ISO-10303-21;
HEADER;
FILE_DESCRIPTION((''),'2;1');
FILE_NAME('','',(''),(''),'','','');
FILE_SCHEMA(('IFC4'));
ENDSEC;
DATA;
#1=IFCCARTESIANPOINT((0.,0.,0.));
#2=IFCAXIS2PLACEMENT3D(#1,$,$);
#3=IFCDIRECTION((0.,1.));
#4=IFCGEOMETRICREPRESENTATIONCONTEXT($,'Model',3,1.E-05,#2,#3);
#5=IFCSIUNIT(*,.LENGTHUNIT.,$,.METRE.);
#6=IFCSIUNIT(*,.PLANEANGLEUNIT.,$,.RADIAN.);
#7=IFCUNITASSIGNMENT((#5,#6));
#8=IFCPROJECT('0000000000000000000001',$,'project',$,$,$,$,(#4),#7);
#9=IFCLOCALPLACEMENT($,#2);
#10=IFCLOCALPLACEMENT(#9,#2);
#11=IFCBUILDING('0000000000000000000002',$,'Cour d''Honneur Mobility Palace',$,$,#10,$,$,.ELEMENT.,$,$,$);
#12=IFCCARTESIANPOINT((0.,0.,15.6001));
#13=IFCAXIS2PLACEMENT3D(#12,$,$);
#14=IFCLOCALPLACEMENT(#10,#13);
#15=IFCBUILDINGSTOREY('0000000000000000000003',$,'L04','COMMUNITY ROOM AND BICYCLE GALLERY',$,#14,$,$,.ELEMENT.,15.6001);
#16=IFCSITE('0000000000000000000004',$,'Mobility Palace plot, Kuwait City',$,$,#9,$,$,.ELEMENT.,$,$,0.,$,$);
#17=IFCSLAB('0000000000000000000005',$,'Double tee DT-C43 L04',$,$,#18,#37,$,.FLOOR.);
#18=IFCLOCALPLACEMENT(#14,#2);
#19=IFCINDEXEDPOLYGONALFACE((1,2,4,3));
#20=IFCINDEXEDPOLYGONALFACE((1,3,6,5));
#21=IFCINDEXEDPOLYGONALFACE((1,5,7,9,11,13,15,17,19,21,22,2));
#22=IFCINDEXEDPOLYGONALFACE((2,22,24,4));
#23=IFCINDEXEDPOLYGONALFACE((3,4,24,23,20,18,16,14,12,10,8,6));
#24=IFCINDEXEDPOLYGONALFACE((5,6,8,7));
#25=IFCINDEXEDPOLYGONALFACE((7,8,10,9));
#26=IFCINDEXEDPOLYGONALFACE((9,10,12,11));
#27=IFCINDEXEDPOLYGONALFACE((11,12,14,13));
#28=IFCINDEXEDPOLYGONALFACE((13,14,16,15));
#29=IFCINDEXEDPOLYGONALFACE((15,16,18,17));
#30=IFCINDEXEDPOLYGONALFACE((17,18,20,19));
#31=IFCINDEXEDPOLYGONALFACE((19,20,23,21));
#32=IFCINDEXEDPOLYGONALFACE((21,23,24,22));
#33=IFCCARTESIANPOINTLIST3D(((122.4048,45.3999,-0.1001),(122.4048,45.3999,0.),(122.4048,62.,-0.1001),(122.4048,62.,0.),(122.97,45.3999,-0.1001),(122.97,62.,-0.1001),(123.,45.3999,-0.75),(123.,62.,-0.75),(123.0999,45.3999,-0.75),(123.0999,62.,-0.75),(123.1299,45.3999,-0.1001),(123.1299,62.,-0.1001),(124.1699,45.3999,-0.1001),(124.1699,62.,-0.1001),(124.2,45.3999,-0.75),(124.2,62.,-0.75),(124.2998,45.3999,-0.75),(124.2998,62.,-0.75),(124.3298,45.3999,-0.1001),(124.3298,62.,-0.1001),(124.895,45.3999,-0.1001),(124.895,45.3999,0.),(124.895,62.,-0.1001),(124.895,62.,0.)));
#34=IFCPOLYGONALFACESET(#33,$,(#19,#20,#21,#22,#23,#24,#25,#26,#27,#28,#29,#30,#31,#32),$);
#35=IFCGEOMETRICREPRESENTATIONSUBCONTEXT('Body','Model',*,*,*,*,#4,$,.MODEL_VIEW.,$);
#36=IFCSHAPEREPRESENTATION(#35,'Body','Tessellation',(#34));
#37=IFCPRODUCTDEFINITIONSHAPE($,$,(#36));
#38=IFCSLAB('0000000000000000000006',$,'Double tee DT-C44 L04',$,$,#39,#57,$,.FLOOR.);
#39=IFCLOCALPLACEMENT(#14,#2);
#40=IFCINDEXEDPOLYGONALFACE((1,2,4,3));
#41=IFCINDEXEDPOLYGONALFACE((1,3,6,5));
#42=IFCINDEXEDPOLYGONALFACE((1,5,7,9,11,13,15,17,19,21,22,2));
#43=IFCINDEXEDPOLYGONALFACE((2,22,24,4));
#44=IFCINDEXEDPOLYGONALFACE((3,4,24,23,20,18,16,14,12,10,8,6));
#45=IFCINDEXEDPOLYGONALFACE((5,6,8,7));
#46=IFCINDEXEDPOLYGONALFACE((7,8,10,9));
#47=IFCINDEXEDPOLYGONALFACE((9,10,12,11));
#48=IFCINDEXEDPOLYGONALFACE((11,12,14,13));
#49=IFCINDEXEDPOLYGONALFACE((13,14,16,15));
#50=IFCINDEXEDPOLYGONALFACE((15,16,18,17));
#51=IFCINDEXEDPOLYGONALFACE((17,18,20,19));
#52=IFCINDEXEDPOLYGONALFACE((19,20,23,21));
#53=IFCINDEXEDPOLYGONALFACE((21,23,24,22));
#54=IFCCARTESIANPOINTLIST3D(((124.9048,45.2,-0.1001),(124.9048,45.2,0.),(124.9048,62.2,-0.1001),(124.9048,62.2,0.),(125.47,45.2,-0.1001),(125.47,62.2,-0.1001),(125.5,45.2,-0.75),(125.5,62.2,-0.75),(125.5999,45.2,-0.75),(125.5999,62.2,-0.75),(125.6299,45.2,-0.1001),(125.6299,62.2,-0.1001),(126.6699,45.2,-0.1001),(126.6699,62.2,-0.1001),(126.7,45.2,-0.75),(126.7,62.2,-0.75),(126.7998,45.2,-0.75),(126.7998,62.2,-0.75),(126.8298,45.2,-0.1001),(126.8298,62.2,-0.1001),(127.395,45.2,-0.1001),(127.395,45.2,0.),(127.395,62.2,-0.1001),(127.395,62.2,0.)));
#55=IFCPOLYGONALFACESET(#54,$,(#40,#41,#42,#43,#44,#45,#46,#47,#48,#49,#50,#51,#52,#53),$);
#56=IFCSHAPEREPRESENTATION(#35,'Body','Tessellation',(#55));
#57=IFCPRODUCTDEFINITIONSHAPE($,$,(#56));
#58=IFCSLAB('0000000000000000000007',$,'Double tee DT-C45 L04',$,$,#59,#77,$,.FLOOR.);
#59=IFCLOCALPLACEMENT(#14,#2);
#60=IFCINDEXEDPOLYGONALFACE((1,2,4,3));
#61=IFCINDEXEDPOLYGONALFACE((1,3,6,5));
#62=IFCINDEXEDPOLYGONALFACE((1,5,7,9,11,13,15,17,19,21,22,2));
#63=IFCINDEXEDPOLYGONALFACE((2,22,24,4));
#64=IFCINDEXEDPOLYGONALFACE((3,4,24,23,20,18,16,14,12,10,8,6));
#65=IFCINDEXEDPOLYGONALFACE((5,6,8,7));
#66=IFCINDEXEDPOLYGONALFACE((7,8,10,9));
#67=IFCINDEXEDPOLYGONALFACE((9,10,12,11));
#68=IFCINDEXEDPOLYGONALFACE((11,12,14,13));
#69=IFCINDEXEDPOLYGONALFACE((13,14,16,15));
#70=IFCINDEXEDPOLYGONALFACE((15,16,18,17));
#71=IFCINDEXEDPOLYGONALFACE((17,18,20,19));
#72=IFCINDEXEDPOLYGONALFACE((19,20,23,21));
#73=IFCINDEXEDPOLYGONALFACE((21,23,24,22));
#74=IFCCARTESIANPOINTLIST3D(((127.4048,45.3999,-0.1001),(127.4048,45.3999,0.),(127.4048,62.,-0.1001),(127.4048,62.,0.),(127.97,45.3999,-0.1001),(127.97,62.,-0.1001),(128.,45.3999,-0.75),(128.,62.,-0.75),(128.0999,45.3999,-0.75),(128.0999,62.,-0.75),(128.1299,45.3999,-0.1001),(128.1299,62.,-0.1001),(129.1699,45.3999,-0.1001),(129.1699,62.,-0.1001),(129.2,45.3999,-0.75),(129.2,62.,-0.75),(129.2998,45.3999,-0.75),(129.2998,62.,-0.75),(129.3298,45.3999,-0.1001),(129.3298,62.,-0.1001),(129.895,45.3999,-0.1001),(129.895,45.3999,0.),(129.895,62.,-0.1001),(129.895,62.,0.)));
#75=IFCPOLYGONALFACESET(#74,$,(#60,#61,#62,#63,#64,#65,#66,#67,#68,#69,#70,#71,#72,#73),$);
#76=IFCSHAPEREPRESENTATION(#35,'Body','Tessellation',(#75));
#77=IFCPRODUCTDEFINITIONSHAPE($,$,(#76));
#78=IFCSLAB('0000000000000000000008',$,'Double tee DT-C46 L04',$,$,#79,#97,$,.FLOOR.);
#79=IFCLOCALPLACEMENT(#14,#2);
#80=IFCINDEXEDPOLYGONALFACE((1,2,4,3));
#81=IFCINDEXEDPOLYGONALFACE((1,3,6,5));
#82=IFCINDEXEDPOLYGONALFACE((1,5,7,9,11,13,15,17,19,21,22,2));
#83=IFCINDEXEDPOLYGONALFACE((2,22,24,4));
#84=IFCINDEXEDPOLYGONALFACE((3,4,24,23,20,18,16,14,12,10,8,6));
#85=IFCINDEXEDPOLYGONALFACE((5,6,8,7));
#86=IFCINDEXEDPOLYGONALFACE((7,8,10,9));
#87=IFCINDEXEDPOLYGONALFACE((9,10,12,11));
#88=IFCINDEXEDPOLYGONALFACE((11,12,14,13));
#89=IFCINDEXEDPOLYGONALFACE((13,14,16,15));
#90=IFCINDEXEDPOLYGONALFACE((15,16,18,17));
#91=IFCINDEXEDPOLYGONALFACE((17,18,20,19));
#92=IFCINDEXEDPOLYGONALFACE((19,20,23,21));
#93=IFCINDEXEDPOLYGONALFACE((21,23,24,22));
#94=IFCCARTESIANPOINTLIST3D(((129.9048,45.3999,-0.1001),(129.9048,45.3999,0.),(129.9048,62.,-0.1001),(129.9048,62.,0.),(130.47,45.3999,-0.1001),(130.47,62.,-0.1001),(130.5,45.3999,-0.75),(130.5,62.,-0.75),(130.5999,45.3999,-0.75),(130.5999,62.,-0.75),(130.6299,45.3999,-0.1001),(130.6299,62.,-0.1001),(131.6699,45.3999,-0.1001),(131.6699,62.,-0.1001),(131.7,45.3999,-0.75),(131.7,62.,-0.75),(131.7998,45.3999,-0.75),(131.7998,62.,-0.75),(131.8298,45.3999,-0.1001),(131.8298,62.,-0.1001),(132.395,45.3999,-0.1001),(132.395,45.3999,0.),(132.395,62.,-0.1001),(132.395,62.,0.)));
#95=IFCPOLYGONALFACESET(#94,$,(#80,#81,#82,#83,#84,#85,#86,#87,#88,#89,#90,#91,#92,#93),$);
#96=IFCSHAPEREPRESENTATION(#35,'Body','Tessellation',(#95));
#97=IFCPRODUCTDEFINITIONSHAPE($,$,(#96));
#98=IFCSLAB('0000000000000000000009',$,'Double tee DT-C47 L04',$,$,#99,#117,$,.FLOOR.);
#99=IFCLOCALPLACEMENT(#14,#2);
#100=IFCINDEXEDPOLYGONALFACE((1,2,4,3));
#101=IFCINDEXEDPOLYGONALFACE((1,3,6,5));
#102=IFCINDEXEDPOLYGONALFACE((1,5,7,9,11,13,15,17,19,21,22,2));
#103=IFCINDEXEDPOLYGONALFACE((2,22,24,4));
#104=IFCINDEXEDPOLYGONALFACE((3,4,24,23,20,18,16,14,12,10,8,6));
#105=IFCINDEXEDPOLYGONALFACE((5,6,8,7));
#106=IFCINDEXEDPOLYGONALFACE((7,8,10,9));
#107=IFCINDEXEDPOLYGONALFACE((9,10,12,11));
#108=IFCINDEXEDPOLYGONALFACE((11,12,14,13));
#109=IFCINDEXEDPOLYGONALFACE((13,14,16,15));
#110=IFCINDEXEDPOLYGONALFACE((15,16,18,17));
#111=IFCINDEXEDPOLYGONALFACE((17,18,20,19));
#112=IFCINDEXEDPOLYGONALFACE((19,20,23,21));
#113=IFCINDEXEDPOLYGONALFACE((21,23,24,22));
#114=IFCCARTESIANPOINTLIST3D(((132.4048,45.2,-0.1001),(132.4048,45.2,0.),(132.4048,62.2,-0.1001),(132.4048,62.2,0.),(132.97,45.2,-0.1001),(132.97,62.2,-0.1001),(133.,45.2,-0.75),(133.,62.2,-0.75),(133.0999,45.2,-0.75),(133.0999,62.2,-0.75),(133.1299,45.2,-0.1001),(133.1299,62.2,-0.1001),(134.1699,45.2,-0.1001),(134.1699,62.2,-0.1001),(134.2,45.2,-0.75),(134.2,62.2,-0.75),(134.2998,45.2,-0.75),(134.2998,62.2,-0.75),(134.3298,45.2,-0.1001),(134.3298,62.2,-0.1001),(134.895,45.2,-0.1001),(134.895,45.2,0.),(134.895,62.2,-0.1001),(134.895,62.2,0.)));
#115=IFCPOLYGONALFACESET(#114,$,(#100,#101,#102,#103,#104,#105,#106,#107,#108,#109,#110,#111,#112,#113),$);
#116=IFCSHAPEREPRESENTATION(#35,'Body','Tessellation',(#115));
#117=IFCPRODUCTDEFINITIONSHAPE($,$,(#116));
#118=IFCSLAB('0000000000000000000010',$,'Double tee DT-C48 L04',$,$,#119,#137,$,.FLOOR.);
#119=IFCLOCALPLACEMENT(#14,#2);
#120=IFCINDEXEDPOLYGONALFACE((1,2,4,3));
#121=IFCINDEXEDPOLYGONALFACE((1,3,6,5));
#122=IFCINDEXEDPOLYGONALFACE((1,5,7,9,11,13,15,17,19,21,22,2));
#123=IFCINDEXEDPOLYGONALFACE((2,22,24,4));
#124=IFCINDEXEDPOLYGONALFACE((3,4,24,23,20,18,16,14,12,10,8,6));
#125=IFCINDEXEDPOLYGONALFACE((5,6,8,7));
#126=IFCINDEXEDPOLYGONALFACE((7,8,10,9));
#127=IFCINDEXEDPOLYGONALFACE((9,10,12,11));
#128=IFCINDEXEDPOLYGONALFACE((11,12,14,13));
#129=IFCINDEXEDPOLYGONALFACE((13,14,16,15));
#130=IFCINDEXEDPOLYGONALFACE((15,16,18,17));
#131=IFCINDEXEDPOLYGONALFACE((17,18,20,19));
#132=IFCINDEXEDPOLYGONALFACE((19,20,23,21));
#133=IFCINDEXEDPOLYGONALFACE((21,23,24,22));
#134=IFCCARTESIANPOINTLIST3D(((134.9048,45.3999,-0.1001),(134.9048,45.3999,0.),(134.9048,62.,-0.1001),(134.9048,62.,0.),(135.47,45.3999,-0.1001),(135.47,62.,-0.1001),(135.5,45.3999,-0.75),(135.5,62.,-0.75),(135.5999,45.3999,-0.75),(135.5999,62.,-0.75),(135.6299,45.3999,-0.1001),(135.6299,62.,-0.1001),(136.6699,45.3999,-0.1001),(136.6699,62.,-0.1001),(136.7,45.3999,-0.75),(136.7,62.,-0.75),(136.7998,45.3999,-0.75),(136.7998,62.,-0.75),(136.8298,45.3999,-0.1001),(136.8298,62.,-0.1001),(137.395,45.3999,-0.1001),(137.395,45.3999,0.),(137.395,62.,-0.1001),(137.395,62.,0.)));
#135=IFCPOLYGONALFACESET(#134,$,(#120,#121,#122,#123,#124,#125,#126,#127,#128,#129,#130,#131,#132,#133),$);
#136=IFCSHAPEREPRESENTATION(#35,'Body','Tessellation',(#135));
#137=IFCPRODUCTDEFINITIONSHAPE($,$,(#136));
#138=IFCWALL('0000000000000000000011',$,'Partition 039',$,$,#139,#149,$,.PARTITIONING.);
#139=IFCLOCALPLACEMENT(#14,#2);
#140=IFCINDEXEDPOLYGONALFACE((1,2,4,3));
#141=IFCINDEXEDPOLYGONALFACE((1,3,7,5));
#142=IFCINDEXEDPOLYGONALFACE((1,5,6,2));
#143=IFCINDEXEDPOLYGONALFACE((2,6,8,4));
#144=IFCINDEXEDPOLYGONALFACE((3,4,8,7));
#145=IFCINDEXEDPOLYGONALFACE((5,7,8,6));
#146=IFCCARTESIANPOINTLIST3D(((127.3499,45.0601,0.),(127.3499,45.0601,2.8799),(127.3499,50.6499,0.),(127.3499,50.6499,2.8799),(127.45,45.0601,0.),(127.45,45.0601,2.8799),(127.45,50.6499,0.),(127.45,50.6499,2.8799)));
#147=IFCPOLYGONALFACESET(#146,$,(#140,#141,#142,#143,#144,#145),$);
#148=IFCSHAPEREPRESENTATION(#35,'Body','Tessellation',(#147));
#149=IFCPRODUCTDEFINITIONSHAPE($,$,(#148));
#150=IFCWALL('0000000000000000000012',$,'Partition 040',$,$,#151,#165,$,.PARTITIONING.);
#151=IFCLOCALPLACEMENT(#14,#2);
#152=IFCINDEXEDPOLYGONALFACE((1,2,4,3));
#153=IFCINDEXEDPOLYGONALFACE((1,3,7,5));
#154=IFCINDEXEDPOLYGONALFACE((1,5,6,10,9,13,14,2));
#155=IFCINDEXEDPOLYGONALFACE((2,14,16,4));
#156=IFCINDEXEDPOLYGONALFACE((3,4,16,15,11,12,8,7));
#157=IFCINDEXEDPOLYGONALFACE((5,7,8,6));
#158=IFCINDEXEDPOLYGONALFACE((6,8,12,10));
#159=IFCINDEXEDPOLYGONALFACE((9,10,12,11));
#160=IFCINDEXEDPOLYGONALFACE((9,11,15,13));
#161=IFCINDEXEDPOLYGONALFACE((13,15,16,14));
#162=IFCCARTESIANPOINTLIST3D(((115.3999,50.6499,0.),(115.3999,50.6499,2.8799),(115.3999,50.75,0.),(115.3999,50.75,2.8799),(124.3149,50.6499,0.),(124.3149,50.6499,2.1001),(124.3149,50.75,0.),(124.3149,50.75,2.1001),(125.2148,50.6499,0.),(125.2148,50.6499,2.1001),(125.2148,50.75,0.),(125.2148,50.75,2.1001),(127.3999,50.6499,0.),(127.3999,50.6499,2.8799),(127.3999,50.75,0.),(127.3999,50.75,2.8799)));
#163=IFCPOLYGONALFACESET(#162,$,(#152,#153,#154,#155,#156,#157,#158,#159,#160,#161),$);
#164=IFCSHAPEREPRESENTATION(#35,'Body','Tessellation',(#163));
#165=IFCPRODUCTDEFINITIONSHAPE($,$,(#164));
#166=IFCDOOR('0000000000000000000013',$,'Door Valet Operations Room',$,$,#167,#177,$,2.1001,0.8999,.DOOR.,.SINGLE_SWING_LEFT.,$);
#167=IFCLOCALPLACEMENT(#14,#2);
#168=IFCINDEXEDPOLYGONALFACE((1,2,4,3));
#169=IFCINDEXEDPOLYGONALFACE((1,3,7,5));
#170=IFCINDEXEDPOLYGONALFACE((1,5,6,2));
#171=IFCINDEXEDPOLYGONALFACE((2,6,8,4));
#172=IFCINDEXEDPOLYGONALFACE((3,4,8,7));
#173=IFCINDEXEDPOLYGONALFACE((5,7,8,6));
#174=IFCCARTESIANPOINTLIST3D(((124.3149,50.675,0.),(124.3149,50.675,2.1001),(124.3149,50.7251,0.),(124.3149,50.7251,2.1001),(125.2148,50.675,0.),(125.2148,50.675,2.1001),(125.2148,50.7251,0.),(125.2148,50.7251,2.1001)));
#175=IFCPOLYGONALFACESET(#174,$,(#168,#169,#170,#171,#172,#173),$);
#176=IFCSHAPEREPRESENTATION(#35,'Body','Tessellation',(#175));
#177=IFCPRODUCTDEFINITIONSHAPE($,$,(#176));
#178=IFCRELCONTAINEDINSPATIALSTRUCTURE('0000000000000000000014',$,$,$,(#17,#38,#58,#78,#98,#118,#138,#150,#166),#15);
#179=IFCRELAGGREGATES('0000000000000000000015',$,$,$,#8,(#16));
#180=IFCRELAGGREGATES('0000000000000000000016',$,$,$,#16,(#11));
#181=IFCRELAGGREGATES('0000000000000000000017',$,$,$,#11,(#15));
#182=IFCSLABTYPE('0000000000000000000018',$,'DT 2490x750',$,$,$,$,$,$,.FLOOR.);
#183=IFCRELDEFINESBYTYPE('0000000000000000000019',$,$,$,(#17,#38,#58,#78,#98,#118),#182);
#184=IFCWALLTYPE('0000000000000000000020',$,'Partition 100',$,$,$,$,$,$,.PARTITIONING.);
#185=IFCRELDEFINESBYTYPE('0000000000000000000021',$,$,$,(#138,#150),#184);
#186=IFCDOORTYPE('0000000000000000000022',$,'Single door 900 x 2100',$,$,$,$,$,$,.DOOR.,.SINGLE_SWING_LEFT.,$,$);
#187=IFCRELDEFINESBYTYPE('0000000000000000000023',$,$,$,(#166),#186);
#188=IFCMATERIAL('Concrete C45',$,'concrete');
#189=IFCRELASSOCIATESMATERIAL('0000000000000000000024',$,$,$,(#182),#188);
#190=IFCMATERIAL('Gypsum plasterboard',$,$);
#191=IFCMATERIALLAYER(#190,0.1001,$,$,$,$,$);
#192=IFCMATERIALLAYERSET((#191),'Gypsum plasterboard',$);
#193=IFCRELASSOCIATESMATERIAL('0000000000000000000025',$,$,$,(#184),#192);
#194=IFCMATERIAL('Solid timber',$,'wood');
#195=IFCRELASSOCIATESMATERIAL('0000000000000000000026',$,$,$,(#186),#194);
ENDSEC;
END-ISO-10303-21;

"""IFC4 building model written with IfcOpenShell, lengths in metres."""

from ifc_helpers import new_model, si_unit, direction, frame, frame_2d, origin, place, context, subcontext, project, spatial, polyline, rectangle, outline, extrude, material, layer, layer_set, material_profile, profile_set, type_object, element, fill, save


model = new_model("IFC4")

# Units and contexts
model_context = context("Model", 3, precision=1e-05, world=origin(), true_north=direction((0.0, 1.0)))
body_context = subcontext(model_context, "Body", "Model", "MODEL_VIEW")
ifc_project = project(units=[si_unit("LENGTHUNIT", "METRE"), si_unit("PLANEANGLEUNIT", "RADIAN")], contexts=[model_context])

# Site, building, storey
site_placement = place(None, origin())
site = spatial("IfcSite", under=ifc_project, at=site_placement, Name="Mobility Palace plot, Kuwait City", CompositionType="ELEMENT", RefElevation=0.0)
building_placement = place(site_placement, origin())
building = spatial("IfcBuilding", under=site, at=building_placement, Name="Cour d'Honneur Mobility Palace", CompositionType="ELEMENT")
storey_placement = place(building_placement, frame((0.0, 0.0, 15.6001)))
storey = spatial("IfcBuildingStorey", under=building, at=storey_placement, Name="L04", Description="COMMUNITY ROOM AND BICYCLE GALLERY", CompositionType="ELEMENT", Elevation=15.6001)

# Slabs
ifc_material_1 = material(Name="Concrete C45", Category="concrete")
ifc_material_profile_1 = material_profile(ifc_material_1, outline(polyline([(-1.2451, 0.0), (1.2451, 0.0), (1.2451, -0.1001), (0.6799, -0.1001), (0.6499, -0.75), (0.55, -0.75), (0.52, -0.1001), (-0.52, -0.1001), (-0.55, -0.75), (-0.6499, -0.75), (-0.6799, -0.1001), (-1.2451, -0.1001), (-1.2451, 0.0)])), Name="DT 2490x750")
ifc_profile_set_1 = profile_set([ifc_material_profile_1], Name="Concrete C45")
slab_type = type_object("IfcSlabType", Name="DT 2490x750", PredefinedType="FLOOR", material=ifc_profile_set_1)
slab_1_placement = place(storey_placement, frame((123.6499, 45.3999, 0.0), z_axis=(0.0, 1.0, 0.0), x_axis=(-1.0, 0.0, 0.0)))
element("IfcSlab", 1, at=slab_1_placement, inside=storey, type_object=slab_type, Name="Double tee DT-C43 L04", PredefinedType="FLOOR", context=body_context, shape_type="SweptSolid", body=[
    extrude(outline(polyline([(-1.2451, 0.0), (1.2451, 0.0), (1.2451, -0.1001), (0.6799, -0.1001), (0.6499, -0.75), (0.55, -0.75), (0.52, -0.1001), (-0.52, -0.1001), (-0.55, -0.75), (-0.6499, -0.75), (-0.6799, -0.1001), (-1.2451, -0.1001), (-1.2451, 0.0)])), origin(), (0.0, 0.0, 1.0), 16.6001),
])
slab_2_placement = place(storey_placement, frame((126.1499, 45.2, 0.0), z_axis=(0.0, 1.0, 0.0), x_axis=(-1.0, 0.0, 0.0)))
element("IfcSlab", 2, at=slab_2_placement, inside=storey, type_object=slab_type, Name="Double tee DT-C44 L04", PredefinedType="FLOOR", context=body_context, shape_type="SweptSolid", body=[
    extrude(outline(polyline([(-1.2451, 0.0), (1.2451, 0.0), (1.2451, -0.1001), (0.6799, -0.1001), (0.6499, -0.75), (0.55, -0.75), (0.52, -0.1001), (-0.52, -0.1001), (-0.55, -0.75), (-0.6499, -0.75), (-0.6799, -0.1001), (-1.2451, -0.1001), (-1.2451, 0.0)])), origin(), (0.0, 0.0, 1.0), 17.0),
])
for number, where, z_axis, x_axis, name in (
    (3, (128.6499, 45.3999, 0.0), (0.0, 1.0, 0.0), (-1.0, 0.0, 0.0), "Double tee DT-C45 L04"),
    (4, (131.1499, 45.3999, 0.0), (0.0, 1.0, 0.0), (-1.0, 0.0, 0.0), "Double tee DT-C46 L04"),
):
    element("IfcSlab", number, at=place(storey_placement, frame(where, z_axis=z_axis, x_axis=x_axis)), inside=storey, type_object=slab_type, Name=name, PredefinedType="FLOOR", context=body_context, shape_type="SweptSolid", body=[
        extrude(outline(polyline([(-1.2451, 0.0), (1.2451, 0.0), (1.2451, -0.1001), (0.6799, -0.1001), (0.6499, -0.75), (0.55, -0.75), (0.52, -0.1001), (-0.52, -0.1001), (-0.55, -0.75), (-0.6499, -0.75), (-0.6799, -0.1001), (-1.2451, -0.1001), (-1.2451, 0.0)])), origin(), (0.0, 0.0, 1.0), 16.6001),
    ])
slab_3_placement = place(storey_placement, frame((133.6499, 45.2, 0.0), z_axis=(0.0, 1.0, 0.0), x_axis=(-1.0, 0.0, 0.0)))
element("IfcSlab", 5, at=slab_3_placement, inside=storey, type_object=slab_type, Name="Double tee DT-C47 L04", PredefinedType="FLOOR", context=body_context, shape_type="SweptSolid", body=[
    extrude(outline(polyline([(-1.2451, 0.0), (1.2451, 0.0), (1.2451, -0.1001), (0.6799, -0.1001), (0.6499, -0.75), (0.55, -0.75), (0.52, -0.1001), (-0.52, -0.1001), (-0.55, -0.75), (-0.6499, -0.75), (-0.6799, -0.1001), (-1.2451, -0.1001), (-1.2451, 0.0)])), origin(), (0.0, 0.0, 1.0), 17.0),
])
slab_4_placement = place(storey_placement, frame((136.1499, 45.3999, 0.0), z_axis=(0.0, 1.0, 0.0), x_axis=(-1.0, 0.0, 0.0)))
element("IfcSlab", 6, at=slab_4_placement, inside=storey, type_object=slab_type, Name="Double tee DT-C48 L04", PredefinedType="FLOOR", context=body_context, shape_type="SweptSolid", body=[
    extrude(outline(polyline([(-1.2451, 0.0), (1.2451, 0.0), (1.2451, -0.1001), (0.6799, -0.1001), (0.6499, -0.75), (0.55, -0.75), (0.52, -0.1001), (-0.52, -0.1001), (-0.55, -0.75), (-0.6499, -0.75), (-0.6799, -0.1001), (-1.2451, -0.1001), (-1.2451, 0.0)])), origin(), (0.0, 0.0, 1.0), 16.6001),
])

# Wall
ifc_material_2 = material(Name="Gypsum plasterboard")
ifc_layer_1 = layer(ifc_material_2, 0.1001)
ifc_layer_set_1 = layer_set([ifc_layer_1], Name="Gypsum plasterboard")
wall_type = type_object("IfcWallType", Name="Partition 100", PredefinedType="PARTITIONING", material=ifc_layer_set_1)
wall_1_placement = place(storey_placement, frame((127.3999, 50.6499, 0.0), z_axis=(0.0, 0.0, 1.0), x_axis=(0.0, -1.0, 0.0)))
element("IfcWall", 7, at=wall_1_placement, inside=storey, type_object=wall_type, Name="Partition 039", PredefinedType="PARTITIONING", context=body_context, shape_type="SweptSolid", body=[
    extrude(rectangle(XDim=5.5898, YDim=0.1001, at=frame_2d((2.7949, 0.0))), origin(), (0.0, 0.0, 1.0), 2.8799),
])

# Wall, opening, door
wall_2_placement = place(storey_placement, frame((127.3999, 50.7, 0.0), z_axis=(0.0, 0.0, 1.0), x_axis=(-1.0, 0.0, 0.0)))
wall_2 = element("IfcWall", 8, at=wall_2_placement, inside=storey, type_object=wall_type, Name="Partition 040", PredefinedType="PARTITIONING", context=body_context, shape_type="SweptSolid", body=[
    extrude(rectangle(XDim=12.0, YDim=0.1001, at=frame_2d((6.0, 0.0))), origin(), (0.0, 0.0, 1.0), 2.8799),
])
opening_placement = place(wall_2_placement, frame((2.1851, 0.0, 0.0)))
opening = element("IfcOpeningElement", 9, at=opening_placement, cuts=wall_2, PredefinedType="OPENING", context=body_context, shape_type="SweptSolid", body=[
    extrude(rectangle(XDim=0.8999, YDim=2.1001, at=frame_2d((0.45, 1.05))), frame((0.0, 0.0601, 0.0), z_axis=(0.0, -1.0, 0.0), x_axis=(1.0, 0.0, 0.0)), (0.0, 0.0, 1.0), 0.1201),
])
ifc_material_3 = material(Name="Solid timber", Category="wood")
door_type = type_object("IfcDoorType", Name="Single door 900 x 2100", OperationType="SINGLE_SWING_LEFT", PredefinedType="DOOR", material=ifc_material_3)
door_placement = place(opening_placement, origin())
door = element("IfcDoor", 10, at=door_placement, inside=storey, type_object=door_type, Name="Door Valet Operations Room", OperationType="SINGLE_SWING_LEFT", OverallHeight=2.1001, OverallWidth=0.8999, PredefinedType="DOOR", context=body_context, shape_type="SweptSolid", body=[
    extrude(rectangle(XDim=0.8999, YDim=2.1001, at=frame_2d((0.45, 1.05))), frame((0.0, 0.0249, 0.0), z_axis=(0.0, -1.0, 0.0), x_axis=(1.0, 0.0, 0.0)), (0.0, 0.0, 1.0), 0.05),
])
fill(opening, door)

save(model, "model.ifc")
